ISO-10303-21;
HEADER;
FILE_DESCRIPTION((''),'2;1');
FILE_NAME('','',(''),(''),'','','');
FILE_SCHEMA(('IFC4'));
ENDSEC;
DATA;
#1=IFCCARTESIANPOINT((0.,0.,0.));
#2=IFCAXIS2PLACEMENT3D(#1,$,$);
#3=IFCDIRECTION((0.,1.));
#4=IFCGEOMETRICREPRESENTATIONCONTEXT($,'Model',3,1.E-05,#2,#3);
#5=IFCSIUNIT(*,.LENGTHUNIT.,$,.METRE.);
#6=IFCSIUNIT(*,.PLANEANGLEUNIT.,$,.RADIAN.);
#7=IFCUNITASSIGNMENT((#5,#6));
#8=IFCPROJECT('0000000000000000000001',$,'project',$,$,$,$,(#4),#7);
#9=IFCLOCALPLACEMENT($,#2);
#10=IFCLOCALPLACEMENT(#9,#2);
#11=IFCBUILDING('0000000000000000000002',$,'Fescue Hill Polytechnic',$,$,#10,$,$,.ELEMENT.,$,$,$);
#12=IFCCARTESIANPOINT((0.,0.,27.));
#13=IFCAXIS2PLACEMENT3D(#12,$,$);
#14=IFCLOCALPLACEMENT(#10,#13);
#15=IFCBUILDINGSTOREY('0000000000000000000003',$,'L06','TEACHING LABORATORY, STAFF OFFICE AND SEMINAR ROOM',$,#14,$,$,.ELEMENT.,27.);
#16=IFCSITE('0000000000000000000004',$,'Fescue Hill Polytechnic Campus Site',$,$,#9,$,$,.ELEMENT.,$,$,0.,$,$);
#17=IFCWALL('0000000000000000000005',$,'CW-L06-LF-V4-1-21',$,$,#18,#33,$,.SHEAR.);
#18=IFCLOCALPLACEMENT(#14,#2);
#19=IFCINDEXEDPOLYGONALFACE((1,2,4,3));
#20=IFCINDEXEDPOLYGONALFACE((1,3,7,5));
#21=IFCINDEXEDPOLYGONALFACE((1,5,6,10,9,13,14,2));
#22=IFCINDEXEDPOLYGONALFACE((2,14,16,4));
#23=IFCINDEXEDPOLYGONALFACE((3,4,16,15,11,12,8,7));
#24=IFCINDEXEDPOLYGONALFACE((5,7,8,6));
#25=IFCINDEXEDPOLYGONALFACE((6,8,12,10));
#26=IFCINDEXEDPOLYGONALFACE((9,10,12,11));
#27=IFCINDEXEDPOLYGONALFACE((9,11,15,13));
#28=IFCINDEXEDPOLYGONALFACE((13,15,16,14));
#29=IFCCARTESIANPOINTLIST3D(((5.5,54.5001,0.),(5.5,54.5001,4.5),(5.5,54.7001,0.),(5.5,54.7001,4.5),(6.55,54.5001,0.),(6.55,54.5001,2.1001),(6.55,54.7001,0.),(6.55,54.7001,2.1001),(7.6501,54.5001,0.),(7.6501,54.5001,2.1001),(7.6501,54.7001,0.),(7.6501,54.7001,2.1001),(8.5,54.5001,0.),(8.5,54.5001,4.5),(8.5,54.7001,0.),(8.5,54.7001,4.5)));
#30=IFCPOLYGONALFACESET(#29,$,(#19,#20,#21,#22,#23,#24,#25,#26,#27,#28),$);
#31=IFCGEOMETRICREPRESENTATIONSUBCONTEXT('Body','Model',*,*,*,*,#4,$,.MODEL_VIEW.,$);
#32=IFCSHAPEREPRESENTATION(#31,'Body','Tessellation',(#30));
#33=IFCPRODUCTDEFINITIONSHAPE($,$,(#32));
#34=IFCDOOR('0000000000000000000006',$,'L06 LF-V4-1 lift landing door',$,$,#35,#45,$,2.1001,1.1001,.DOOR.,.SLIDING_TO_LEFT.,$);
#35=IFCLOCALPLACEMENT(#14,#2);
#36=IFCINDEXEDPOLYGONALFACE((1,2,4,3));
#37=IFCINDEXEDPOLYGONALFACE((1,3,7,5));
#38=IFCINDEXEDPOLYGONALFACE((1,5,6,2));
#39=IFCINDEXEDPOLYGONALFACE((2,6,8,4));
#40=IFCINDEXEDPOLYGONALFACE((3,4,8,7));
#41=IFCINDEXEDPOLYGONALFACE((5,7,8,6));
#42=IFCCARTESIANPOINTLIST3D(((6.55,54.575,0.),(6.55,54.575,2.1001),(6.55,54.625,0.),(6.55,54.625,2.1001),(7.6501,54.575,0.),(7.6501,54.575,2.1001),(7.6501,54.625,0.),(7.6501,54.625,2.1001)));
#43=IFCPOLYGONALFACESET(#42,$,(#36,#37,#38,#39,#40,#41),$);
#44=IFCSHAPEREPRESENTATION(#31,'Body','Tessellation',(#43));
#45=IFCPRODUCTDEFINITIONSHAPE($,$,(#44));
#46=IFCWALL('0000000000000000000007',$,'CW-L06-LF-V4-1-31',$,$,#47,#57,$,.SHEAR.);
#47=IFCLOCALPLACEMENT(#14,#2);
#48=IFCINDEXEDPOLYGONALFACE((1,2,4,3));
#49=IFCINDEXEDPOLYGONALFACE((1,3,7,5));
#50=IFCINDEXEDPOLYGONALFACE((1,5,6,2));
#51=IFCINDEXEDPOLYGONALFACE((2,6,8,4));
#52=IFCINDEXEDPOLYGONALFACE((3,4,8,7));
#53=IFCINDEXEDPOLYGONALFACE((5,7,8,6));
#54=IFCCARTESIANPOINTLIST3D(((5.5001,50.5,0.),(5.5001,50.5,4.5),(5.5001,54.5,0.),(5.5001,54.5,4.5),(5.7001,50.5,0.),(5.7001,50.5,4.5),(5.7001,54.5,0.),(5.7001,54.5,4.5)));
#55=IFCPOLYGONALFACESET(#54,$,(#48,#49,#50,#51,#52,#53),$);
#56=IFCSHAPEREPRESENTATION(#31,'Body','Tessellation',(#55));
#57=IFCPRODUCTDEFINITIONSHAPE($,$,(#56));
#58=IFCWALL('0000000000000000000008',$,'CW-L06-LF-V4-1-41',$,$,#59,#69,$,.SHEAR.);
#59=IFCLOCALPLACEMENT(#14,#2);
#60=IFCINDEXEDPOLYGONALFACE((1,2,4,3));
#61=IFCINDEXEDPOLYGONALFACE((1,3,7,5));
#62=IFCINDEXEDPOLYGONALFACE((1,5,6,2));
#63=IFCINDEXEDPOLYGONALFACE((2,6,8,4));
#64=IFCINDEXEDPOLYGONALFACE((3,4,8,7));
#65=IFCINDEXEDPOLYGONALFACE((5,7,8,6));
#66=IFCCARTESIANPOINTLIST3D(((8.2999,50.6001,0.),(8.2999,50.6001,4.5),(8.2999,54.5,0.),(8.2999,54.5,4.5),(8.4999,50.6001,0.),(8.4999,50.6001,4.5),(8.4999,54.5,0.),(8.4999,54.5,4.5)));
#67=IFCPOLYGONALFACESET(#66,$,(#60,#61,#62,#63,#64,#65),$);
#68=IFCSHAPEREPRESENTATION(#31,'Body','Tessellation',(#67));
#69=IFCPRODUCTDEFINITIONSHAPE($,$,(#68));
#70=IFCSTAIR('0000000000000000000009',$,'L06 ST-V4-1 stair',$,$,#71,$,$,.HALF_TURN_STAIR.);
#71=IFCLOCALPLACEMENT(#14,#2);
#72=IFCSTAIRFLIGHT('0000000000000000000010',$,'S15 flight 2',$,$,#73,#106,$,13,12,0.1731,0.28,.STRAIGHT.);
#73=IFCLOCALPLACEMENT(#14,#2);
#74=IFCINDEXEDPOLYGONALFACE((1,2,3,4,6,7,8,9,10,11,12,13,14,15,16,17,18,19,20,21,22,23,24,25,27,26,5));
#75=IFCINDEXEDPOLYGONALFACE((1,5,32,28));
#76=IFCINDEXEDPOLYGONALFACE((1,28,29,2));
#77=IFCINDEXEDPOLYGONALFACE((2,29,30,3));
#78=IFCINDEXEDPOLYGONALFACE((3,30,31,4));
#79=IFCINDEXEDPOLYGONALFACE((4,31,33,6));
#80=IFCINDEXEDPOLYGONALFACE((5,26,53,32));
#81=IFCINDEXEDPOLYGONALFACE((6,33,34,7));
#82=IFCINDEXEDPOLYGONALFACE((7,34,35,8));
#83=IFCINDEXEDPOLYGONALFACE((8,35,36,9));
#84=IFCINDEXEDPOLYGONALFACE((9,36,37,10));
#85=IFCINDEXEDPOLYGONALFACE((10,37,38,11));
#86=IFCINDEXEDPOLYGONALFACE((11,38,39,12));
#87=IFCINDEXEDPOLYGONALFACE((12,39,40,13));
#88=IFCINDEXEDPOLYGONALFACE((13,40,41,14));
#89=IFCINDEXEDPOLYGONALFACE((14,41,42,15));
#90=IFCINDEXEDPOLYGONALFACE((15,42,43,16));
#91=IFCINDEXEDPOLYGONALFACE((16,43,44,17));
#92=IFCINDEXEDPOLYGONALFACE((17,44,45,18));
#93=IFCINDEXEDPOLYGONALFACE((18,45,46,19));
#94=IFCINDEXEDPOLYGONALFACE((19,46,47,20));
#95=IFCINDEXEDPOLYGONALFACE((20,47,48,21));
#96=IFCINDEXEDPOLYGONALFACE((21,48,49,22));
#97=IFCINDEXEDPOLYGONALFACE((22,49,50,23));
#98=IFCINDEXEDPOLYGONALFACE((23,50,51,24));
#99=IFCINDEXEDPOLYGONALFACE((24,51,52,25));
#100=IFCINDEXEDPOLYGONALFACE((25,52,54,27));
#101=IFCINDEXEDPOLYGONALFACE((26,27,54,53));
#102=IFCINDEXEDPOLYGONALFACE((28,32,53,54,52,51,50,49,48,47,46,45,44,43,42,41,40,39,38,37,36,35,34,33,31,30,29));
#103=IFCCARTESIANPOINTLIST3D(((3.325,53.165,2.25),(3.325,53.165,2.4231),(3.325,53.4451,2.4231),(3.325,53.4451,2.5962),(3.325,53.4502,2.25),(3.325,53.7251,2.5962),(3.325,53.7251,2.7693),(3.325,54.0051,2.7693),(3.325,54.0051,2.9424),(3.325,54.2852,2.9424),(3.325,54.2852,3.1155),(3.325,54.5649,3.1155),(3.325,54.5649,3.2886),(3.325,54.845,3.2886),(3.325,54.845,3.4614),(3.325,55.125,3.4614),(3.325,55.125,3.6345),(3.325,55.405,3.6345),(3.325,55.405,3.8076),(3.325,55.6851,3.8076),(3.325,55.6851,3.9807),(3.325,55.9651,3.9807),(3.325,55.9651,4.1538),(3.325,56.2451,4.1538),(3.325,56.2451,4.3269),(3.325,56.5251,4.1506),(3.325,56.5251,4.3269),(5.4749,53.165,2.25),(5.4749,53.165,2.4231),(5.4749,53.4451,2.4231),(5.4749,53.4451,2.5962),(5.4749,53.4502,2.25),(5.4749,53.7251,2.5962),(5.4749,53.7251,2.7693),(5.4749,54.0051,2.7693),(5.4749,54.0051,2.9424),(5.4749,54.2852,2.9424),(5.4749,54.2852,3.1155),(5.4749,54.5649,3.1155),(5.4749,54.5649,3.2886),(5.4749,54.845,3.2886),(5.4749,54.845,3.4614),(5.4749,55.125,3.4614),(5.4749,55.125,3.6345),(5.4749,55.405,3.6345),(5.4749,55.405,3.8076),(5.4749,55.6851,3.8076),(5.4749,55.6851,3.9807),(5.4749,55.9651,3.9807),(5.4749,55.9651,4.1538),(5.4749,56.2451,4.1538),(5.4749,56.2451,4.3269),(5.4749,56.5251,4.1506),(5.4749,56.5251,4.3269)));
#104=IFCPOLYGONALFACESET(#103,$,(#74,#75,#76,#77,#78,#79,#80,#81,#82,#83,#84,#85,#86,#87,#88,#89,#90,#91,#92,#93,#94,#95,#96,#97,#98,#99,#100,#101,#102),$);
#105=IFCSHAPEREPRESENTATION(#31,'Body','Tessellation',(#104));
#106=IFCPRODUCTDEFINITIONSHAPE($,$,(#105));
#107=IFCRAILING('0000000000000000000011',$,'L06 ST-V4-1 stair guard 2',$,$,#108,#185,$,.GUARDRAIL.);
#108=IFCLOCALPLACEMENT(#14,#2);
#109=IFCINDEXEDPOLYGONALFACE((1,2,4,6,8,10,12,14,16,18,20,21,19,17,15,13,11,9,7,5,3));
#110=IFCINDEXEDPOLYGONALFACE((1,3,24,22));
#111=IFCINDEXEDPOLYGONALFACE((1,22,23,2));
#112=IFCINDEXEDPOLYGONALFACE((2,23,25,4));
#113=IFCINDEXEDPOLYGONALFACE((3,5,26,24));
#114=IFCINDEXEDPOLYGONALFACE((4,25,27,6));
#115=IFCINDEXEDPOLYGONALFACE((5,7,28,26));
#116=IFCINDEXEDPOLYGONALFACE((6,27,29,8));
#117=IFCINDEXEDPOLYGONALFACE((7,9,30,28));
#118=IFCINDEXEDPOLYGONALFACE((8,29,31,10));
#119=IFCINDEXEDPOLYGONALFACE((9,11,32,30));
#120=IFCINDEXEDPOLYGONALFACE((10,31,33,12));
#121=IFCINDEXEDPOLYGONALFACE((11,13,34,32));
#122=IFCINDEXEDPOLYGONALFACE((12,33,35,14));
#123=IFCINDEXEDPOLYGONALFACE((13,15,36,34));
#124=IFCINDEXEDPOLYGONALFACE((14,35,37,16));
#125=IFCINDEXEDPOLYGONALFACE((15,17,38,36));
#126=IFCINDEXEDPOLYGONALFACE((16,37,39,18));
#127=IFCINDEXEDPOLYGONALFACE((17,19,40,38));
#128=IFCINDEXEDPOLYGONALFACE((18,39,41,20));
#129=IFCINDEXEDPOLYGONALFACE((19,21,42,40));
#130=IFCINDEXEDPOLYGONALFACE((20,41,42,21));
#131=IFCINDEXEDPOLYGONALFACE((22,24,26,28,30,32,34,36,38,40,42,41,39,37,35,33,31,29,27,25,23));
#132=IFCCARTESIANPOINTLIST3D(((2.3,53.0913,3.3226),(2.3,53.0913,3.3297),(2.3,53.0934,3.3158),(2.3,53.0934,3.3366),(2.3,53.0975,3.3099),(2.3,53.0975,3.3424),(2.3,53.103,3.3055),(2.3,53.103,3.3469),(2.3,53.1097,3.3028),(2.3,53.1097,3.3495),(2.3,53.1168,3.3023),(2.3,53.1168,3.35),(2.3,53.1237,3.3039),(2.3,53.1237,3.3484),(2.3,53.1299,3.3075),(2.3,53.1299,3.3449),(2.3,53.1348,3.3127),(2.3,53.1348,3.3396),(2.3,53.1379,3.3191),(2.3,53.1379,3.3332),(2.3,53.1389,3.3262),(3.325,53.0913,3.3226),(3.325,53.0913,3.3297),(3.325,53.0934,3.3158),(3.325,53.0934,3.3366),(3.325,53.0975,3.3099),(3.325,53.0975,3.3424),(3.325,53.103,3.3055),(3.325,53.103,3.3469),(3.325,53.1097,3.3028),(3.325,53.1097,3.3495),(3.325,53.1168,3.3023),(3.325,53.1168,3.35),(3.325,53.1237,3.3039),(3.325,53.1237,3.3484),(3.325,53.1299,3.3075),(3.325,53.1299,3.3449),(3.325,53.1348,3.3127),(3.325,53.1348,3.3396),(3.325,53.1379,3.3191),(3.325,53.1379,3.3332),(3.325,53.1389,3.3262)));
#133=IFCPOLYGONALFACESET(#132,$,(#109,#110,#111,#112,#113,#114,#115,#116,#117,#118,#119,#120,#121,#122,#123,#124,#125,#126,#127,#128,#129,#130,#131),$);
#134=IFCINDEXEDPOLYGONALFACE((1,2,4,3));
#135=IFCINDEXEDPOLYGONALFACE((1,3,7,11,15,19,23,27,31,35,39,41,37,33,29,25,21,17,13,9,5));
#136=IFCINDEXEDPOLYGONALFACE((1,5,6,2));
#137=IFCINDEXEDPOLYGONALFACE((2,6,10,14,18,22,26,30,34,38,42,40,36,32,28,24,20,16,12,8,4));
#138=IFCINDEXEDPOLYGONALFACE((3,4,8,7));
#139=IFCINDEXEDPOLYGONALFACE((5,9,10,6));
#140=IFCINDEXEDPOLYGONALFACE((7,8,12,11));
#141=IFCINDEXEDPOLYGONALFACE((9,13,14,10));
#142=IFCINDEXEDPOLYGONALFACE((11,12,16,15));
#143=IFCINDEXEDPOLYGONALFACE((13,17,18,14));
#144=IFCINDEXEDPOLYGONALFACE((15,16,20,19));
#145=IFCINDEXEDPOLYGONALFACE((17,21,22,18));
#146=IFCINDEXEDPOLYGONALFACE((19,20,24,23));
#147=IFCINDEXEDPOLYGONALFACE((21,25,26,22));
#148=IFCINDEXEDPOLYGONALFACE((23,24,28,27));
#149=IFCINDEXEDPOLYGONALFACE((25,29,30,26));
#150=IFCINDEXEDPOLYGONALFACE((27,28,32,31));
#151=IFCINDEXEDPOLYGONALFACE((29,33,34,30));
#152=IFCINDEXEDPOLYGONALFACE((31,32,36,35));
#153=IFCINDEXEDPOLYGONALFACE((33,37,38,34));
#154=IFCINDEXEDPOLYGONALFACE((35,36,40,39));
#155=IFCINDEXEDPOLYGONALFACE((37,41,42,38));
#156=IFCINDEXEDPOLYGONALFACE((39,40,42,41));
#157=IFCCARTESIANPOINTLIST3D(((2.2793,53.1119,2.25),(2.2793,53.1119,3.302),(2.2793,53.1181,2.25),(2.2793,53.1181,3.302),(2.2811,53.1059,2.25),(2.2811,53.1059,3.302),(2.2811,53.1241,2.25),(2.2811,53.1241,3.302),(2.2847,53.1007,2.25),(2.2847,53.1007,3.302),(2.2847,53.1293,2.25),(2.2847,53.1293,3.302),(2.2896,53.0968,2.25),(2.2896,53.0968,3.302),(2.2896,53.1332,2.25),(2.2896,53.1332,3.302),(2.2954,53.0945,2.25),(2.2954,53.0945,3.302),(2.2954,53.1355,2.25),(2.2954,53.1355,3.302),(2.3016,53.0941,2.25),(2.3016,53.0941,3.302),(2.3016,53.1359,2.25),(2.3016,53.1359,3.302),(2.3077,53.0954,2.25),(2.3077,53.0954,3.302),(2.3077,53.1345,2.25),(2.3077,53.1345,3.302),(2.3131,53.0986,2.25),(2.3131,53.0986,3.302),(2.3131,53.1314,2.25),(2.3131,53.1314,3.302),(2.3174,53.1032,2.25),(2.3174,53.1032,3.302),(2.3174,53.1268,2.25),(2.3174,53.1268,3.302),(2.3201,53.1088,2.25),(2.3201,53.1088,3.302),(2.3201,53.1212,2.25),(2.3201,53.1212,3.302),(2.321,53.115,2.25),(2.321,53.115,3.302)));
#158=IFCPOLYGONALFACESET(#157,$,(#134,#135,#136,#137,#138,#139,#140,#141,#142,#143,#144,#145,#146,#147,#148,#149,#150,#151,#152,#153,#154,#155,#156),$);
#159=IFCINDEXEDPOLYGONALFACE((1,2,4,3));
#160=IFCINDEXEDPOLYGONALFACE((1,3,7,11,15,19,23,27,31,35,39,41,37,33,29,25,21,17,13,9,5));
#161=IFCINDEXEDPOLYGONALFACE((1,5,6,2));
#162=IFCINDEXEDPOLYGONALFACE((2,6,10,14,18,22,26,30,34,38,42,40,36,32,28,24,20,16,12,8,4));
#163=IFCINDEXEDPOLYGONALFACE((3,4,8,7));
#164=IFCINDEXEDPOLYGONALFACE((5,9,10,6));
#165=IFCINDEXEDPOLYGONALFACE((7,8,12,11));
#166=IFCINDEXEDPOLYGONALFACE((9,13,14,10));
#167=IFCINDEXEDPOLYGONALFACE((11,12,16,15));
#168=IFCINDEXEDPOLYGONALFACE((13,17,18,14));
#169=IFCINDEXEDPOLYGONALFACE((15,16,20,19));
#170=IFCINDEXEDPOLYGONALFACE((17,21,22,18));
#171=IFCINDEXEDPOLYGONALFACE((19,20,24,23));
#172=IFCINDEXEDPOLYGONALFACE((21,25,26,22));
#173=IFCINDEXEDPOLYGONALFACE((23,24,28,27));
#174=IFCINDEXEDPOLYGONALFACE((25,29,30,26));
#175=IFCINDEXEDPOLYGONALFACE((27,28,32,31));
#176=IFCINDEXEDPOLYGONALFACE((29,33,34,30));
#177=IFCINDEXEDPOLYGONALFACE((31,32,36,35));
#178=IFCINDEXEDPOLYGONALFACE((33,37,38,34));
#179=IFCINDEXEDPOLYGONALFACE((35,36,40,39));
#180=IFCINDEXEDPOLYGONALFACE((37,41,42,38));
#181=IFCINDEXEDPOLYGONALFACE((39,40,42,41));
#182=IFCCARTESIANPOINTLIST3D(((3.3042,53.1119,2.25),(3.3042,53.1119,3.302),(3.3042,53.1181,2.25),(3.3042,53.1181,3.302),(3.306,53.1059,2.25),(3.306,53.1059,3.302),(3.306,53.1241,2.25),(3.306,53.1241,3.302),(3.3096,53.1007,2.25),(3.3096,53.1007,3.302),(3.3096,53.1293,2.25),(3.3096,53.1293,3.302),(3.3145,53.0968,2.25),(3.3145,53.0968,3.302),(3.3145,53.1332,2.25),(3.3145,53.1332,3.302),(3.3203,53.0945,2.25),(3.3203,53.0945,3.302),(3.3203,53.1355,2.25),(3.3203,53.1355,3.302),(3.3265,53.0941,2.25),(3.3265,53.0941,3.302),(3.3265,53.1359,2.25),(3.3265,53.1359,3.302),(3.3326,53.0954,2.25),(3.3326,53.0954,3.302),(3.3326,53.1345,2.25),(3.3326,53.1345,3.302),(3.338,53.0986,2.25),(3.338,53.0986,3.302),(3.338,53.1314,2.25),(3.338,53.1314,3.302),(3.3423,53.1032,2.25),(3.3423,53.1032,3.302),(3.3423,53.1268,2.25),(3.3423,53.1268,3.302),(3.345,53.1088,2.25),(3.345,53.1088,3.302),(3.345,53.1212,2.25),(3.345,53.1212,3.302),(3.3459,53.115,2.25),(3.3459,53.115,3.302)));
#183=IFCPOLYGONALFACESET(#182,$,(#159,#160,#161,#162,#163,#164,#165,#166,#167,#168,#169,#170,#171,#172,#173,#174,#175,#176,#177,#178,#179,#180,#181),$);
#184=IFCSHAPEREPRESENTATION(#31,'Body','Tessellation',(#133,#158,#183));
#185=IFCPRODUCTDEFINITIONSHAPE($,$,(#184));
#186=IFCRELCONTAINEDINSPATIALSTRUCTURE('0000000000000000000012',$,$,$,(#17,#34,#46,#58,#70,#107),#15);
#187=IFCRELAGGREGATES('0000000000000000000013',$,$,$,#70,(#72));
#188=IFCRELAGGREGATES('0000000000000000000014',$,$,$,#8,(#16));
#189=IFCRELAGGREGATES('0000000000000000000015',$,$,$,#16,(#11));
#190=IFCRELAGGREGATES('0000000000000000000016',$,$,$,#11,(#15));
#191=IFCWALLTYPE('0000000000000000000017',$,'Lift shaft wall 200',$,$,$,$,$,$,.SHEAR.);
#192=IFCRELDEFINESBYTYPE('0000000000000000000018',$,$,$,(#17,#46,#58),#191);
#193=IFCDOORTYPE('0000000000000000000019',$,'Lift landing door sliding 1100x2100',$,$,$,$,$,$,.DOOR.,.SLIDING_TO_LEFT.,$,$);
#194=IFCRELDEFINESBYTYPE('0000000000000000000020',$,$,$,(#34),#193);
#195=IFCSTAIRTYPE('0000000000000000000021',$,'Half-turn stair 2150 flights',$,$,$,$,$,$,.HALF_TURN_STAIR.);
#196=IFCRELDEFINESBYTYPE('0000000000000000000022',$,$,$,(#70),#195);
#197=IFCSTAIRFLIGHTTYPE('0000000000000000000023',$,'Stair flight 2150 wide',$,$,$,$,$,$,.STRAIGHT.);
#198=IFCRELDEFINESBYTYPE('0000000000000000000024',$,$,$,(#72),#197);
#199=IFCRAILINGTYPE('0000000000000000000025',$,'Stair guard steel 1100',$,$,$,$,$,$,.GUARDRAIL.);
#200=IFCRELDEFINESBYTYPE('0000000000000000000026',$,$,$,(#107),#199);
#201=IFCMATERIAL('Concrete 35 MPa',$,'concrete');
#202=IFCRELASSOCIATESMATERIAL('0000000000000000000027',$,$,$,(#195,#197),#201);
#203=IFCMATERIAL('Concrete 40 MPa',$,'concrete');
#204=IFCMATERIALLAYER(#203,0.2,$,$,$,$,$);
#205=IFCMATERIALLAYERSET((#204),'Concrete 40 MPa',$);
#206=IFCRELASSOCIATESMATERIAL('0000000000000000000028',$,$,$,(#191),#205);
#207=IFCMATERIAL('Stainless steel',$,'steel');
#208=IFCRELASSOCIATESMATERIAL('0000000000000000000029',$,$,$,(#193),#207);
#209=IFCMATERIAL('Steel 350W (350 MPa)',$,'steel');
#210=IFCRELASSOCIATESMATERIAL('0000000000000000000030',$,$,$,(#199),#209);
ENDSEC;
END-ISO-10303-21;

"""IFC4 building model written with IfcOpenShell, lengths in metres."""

from ifc_helpers import new_model, si_unit, direction, frame, frame_2d, origin, origin_2d, place, context, subcontext, project, spatial, polyline, rectangle, circle, outline, extrude, material, layer, layer_set, type_object, element, fill, aggregate, save


model = new_model("IFC4")

# Units and contexts
model_context = context("Model", 3, precision=1e-05, world=origin(), true_north=direction((0.0, 1.0)))
body_context = subcontext(model_context, "Body", "Model", "MODEL_VIEW")
ifc_project = project(units=[si_unit("LENGTHUNIT", "METRE"), si_unit("PLANEANGLEUNIT", "RADIAN")], contexts=[model_context])

# Site, building, storey
site_placement = place(None, origin())
site = spatial("IfcSite", under=ifc_project, at=site_placement, Name="Fescue Hill Polytechnic Campus Site", CompositionType="ELEMENT", RefElevation=0.0)
building_placement = place(site_placement, origin())
building = spatial("IfcBuilding", under=site, at=building_placement, Name="Fescue Hill Polytechnic", CompositionType="ELEMENT")
storey_placement = place(building_placement, frame((0.0, 0.0, 27.0)))
storey = spatial("IfcBuildingStorey", under=building, at=storey_placement, Name="L06", Description="TEACHING LABORATORY, STAFF OFFICE AND SEMINAR ROOM", CompositionType="ELEMENT", Elevation=27.0)

# Shared definitions
ifc_material_1 = material(Name="Concrete 40 MPa", Category="concrete")

# Shared definitions
ifc_material_2 = material(Name="Concrete 35 MPa", Category="concrete")

# Shared definitions
stair_type = type_object("IfcStairType", Name="Half-turn stair 2150 flights", PredefinedType="HALF_TURN_STAIR", material=ifc_material_2)

# Wall, opening, door
ifc_layer_1 = layer(ifc_material_1, 0.2)
ifc_layer_set_1 = layer_set([ifc_layer_1], Name="Concrete 40 MPa")
wall_type_1 = type_object("IfcWallType", Name="Lift shaft wall 200", PredefinedType="SHEAR", material=ifc_layer_set_1)
wall_1_placement = place(storey_placement, frame((5.5, 54.6001, 0.0), z_axis=(0.0, 0.0, 1.0), x_axis=(1.0, 0.0, 0.0)))
wall_1 = element("IfcWall", 1, at=wall_1_placement, inside=storey, type_object=wall_type_1, Name="CW-L06-LF-V4-1-21", PredefinedType="SHEAR", context=body_context, shape_type="SweptSolid", body=[
    extrude(rectangle(XDim=3.0, YDim=0.2, at=frame_2d((1.5, 0.0))), origin(), (0.0, 0.0, 1.0), 4.5),
])
opening_placement = place(wall_1_placement, frame((1.05, 0.0, 0.0)))
opening = element("IfcOpeningElement", 2, at=opening_placement, cuts=wall_1, PredefinedType="OPENING", context=body_context, shape_type="SweptSolid", body=[
    extrude(rectangle(XDim=1.1001, YDim=2.1001, at=frame_2d((0.55, 1.05))), frame((0.0, 0.1099, 0.0), z_axis=(0.0, -1.0, 0.0), x_axis=(1.0, 0.0, 0.0)), (0.0, 0.0, 1.0), 0.22),
])
ifc_material_3 = material(Name="Stainless steel", Category="steel")
door_type = type_object("IfcDoorType", Name="Lift landing door sliding 1100x2100", OperationType="SLIDING_TO_LEFT", PredefinedType="DOOR", material=ifc_material_3)
door_placement = place(opening_placement, origin())
door = element("IfcDoor", 3, at=door_placement, inside=storey, type_object=door_type, Name="L06 LF-V4-1 lift landing door", OperationType="SLIDING_TO_LEFT", OverallHeight=2.1001, OverallWidth=1.1001, PredefinedType="DOOR", context=body_context, shape_type="SweptSolid", body=[
    extrude(rectangle(XDim=1.1001, YDim=2.1001, at=frame_2d((0.55, 1.05))), frame((0.0, 0.0249, 0.0), z_axis=(0.0, -1.0, 0.0), x_axis=(1.0, 0.0, 0.0)), (0.0, 0.0, 1.0), 0.05),
])
fill(opening, door)

# Walls
wall_2_placement = place(storey_placement, frame((5.6001, 50.5, 0.0), z_axis=(0.0, 0.0, 1.0), x_axis=(0.0, 1.0, 0.0)))
element("IfcWall", 4, at=wall_2_placement, inside=storey, type_object=wall_type_1, Name="CW-L06-LF-V4-1-31", PredefinedType="SHEAR", context=body_context, shape_type="SweptSolid", body=[
    extrude(rectangle(XDim=4.0, YDim=0.2, at=frame_2d((2.0, 0.0))), origin(), (0.0, 0.0, 1.0), 4.5),
])
wall_3_placement = place(storey_placement, frame((8.3999, 50.6001, 0.0), z_axis=(0.0, 0.0, 1.0), x_axis=(0.0, 1.0, 0.0)))
element("IfcWall", 5, at=wall_3_placement, inside=storey, type_object=wall_type_1, Name="CW-L06-LF-V4-1-41", PredefinedType="SHEAR", context=body_context, shape_type="SweptSolid", body=[
    extrude(rectangle(XDim=3.8999, YDim=0.2, at=frame_2d((1.95, 0.0))), origin(), (0.0, 0.0, 1.0), 4.5),
])

# Stair, stair flight
stair_1_placement = place(storey_placement, origin())
stair_1 = element("IfcStair", 6, at=stair_1_placement, inside=storey, type_object=stair_type, Name="L06 ST-V4-1 stair", PredefinedType="HALF_TURN_STAIR")
stair_flight_type = type_object("IfcStairFlightType", Name="Stair flight 2150 wide", PredefinedType="STRAIGHT", material=ifc_material_2)
stair_flight_placement = place(storey_placement, frame((4.3999, 53.165, 2.25), z_axis=(0.0, 0.0, 1.0), x_axis=(0.0, 1.0, 0.0)))
stair_flight = element("IfcStairFlight", 7, at=stair_flight_placement, type_object=stair_flight_type, Name="S15 flight 2", NumberOfRisers=13, NumberOfTreads=12, PredefinedType="STRAIGHT", RiserHeight=0.1731, TreadLength=0.28, context=body_context, shape_type="SweptSolid", body=[
    extrude(outline(polyline([(0.0, 0.0), (0.0, 0.1731), (0.28, 0.1731), (0.28, 0.3462), (0.5601, 0.3462), (0.5601, 0.5193), (0.8401, 0.5193), (0.8401, 0.6924), (1.1201, 0.6924), (1.1201, 0.8655), (1.3999, 0.8655), (1.3999, 1.0386), (1.6799, 1.0386), (1.6799, 1.2114), (1.96, 1.2114), (1.96, 1.3845), (2.24, 1.3845), (2.24, 1.5576), (2.52, 1.5576), (2.52, 1.7307), (2.8, 1.7307), (2.8, 1.9038), (3.0801, 1.9038), (3.0801, 2.0769), (3.3601, 2.0769), (3.3601, 2.25), (3.3601, 1.9006), (0.2852, 0.0), (0.0, 0.0)])), frame((0.0, 1.075, 0.0), z_axis=(0.0, -1.0, 0.0), x_axis=(1.0, 0.0, 0.0)), (0.0, 0.0, 1.0), 2.1499),
])
aggregate(stair_1, [stair_flight])

# Railing
ifc_material_4 = material(Name="Steel 350W (350 MPa)", Category="steel")
railing_type_1 = type_object("IfcRailingType", Name="Stair guard steel 1100", PredefinedType="GUARDRAIL", material=ifc_material_4)
railing_1_placement = place(storey_placement, frame((2.3, 53.115, 2.25)))
element("IfcRailing", 8, at=railing_1_placement, inside=storey, type_object=railing_type_1, Name="L06 ST-V4-1 stair guard 2", PredefinedType="GUARDRAIL", context=body_context, shape_type="SweptSolid", body=[
    extrude(circle(Radius=0.0239, at=origin_2d()), frame((0.0, 0.0, 1.0762), z_axis=(1.0, 0.0, 0.0), x_axis=(0.0, 1.0, 0.0)), (0.0, 0.0, 1.0), 1.0249),
    extrude(circle(Radius=0.021, at=origin_2d()), origin(), (0.0, 0.0, 1.0), 1.052),
    extrude(circle(Radius=0.021, at=origin_2d()), frame((1.0249, 0.0, 0.0)), (0.0, 0.0, 1.0), 1.052),
])

save(model, "model.ifc")
